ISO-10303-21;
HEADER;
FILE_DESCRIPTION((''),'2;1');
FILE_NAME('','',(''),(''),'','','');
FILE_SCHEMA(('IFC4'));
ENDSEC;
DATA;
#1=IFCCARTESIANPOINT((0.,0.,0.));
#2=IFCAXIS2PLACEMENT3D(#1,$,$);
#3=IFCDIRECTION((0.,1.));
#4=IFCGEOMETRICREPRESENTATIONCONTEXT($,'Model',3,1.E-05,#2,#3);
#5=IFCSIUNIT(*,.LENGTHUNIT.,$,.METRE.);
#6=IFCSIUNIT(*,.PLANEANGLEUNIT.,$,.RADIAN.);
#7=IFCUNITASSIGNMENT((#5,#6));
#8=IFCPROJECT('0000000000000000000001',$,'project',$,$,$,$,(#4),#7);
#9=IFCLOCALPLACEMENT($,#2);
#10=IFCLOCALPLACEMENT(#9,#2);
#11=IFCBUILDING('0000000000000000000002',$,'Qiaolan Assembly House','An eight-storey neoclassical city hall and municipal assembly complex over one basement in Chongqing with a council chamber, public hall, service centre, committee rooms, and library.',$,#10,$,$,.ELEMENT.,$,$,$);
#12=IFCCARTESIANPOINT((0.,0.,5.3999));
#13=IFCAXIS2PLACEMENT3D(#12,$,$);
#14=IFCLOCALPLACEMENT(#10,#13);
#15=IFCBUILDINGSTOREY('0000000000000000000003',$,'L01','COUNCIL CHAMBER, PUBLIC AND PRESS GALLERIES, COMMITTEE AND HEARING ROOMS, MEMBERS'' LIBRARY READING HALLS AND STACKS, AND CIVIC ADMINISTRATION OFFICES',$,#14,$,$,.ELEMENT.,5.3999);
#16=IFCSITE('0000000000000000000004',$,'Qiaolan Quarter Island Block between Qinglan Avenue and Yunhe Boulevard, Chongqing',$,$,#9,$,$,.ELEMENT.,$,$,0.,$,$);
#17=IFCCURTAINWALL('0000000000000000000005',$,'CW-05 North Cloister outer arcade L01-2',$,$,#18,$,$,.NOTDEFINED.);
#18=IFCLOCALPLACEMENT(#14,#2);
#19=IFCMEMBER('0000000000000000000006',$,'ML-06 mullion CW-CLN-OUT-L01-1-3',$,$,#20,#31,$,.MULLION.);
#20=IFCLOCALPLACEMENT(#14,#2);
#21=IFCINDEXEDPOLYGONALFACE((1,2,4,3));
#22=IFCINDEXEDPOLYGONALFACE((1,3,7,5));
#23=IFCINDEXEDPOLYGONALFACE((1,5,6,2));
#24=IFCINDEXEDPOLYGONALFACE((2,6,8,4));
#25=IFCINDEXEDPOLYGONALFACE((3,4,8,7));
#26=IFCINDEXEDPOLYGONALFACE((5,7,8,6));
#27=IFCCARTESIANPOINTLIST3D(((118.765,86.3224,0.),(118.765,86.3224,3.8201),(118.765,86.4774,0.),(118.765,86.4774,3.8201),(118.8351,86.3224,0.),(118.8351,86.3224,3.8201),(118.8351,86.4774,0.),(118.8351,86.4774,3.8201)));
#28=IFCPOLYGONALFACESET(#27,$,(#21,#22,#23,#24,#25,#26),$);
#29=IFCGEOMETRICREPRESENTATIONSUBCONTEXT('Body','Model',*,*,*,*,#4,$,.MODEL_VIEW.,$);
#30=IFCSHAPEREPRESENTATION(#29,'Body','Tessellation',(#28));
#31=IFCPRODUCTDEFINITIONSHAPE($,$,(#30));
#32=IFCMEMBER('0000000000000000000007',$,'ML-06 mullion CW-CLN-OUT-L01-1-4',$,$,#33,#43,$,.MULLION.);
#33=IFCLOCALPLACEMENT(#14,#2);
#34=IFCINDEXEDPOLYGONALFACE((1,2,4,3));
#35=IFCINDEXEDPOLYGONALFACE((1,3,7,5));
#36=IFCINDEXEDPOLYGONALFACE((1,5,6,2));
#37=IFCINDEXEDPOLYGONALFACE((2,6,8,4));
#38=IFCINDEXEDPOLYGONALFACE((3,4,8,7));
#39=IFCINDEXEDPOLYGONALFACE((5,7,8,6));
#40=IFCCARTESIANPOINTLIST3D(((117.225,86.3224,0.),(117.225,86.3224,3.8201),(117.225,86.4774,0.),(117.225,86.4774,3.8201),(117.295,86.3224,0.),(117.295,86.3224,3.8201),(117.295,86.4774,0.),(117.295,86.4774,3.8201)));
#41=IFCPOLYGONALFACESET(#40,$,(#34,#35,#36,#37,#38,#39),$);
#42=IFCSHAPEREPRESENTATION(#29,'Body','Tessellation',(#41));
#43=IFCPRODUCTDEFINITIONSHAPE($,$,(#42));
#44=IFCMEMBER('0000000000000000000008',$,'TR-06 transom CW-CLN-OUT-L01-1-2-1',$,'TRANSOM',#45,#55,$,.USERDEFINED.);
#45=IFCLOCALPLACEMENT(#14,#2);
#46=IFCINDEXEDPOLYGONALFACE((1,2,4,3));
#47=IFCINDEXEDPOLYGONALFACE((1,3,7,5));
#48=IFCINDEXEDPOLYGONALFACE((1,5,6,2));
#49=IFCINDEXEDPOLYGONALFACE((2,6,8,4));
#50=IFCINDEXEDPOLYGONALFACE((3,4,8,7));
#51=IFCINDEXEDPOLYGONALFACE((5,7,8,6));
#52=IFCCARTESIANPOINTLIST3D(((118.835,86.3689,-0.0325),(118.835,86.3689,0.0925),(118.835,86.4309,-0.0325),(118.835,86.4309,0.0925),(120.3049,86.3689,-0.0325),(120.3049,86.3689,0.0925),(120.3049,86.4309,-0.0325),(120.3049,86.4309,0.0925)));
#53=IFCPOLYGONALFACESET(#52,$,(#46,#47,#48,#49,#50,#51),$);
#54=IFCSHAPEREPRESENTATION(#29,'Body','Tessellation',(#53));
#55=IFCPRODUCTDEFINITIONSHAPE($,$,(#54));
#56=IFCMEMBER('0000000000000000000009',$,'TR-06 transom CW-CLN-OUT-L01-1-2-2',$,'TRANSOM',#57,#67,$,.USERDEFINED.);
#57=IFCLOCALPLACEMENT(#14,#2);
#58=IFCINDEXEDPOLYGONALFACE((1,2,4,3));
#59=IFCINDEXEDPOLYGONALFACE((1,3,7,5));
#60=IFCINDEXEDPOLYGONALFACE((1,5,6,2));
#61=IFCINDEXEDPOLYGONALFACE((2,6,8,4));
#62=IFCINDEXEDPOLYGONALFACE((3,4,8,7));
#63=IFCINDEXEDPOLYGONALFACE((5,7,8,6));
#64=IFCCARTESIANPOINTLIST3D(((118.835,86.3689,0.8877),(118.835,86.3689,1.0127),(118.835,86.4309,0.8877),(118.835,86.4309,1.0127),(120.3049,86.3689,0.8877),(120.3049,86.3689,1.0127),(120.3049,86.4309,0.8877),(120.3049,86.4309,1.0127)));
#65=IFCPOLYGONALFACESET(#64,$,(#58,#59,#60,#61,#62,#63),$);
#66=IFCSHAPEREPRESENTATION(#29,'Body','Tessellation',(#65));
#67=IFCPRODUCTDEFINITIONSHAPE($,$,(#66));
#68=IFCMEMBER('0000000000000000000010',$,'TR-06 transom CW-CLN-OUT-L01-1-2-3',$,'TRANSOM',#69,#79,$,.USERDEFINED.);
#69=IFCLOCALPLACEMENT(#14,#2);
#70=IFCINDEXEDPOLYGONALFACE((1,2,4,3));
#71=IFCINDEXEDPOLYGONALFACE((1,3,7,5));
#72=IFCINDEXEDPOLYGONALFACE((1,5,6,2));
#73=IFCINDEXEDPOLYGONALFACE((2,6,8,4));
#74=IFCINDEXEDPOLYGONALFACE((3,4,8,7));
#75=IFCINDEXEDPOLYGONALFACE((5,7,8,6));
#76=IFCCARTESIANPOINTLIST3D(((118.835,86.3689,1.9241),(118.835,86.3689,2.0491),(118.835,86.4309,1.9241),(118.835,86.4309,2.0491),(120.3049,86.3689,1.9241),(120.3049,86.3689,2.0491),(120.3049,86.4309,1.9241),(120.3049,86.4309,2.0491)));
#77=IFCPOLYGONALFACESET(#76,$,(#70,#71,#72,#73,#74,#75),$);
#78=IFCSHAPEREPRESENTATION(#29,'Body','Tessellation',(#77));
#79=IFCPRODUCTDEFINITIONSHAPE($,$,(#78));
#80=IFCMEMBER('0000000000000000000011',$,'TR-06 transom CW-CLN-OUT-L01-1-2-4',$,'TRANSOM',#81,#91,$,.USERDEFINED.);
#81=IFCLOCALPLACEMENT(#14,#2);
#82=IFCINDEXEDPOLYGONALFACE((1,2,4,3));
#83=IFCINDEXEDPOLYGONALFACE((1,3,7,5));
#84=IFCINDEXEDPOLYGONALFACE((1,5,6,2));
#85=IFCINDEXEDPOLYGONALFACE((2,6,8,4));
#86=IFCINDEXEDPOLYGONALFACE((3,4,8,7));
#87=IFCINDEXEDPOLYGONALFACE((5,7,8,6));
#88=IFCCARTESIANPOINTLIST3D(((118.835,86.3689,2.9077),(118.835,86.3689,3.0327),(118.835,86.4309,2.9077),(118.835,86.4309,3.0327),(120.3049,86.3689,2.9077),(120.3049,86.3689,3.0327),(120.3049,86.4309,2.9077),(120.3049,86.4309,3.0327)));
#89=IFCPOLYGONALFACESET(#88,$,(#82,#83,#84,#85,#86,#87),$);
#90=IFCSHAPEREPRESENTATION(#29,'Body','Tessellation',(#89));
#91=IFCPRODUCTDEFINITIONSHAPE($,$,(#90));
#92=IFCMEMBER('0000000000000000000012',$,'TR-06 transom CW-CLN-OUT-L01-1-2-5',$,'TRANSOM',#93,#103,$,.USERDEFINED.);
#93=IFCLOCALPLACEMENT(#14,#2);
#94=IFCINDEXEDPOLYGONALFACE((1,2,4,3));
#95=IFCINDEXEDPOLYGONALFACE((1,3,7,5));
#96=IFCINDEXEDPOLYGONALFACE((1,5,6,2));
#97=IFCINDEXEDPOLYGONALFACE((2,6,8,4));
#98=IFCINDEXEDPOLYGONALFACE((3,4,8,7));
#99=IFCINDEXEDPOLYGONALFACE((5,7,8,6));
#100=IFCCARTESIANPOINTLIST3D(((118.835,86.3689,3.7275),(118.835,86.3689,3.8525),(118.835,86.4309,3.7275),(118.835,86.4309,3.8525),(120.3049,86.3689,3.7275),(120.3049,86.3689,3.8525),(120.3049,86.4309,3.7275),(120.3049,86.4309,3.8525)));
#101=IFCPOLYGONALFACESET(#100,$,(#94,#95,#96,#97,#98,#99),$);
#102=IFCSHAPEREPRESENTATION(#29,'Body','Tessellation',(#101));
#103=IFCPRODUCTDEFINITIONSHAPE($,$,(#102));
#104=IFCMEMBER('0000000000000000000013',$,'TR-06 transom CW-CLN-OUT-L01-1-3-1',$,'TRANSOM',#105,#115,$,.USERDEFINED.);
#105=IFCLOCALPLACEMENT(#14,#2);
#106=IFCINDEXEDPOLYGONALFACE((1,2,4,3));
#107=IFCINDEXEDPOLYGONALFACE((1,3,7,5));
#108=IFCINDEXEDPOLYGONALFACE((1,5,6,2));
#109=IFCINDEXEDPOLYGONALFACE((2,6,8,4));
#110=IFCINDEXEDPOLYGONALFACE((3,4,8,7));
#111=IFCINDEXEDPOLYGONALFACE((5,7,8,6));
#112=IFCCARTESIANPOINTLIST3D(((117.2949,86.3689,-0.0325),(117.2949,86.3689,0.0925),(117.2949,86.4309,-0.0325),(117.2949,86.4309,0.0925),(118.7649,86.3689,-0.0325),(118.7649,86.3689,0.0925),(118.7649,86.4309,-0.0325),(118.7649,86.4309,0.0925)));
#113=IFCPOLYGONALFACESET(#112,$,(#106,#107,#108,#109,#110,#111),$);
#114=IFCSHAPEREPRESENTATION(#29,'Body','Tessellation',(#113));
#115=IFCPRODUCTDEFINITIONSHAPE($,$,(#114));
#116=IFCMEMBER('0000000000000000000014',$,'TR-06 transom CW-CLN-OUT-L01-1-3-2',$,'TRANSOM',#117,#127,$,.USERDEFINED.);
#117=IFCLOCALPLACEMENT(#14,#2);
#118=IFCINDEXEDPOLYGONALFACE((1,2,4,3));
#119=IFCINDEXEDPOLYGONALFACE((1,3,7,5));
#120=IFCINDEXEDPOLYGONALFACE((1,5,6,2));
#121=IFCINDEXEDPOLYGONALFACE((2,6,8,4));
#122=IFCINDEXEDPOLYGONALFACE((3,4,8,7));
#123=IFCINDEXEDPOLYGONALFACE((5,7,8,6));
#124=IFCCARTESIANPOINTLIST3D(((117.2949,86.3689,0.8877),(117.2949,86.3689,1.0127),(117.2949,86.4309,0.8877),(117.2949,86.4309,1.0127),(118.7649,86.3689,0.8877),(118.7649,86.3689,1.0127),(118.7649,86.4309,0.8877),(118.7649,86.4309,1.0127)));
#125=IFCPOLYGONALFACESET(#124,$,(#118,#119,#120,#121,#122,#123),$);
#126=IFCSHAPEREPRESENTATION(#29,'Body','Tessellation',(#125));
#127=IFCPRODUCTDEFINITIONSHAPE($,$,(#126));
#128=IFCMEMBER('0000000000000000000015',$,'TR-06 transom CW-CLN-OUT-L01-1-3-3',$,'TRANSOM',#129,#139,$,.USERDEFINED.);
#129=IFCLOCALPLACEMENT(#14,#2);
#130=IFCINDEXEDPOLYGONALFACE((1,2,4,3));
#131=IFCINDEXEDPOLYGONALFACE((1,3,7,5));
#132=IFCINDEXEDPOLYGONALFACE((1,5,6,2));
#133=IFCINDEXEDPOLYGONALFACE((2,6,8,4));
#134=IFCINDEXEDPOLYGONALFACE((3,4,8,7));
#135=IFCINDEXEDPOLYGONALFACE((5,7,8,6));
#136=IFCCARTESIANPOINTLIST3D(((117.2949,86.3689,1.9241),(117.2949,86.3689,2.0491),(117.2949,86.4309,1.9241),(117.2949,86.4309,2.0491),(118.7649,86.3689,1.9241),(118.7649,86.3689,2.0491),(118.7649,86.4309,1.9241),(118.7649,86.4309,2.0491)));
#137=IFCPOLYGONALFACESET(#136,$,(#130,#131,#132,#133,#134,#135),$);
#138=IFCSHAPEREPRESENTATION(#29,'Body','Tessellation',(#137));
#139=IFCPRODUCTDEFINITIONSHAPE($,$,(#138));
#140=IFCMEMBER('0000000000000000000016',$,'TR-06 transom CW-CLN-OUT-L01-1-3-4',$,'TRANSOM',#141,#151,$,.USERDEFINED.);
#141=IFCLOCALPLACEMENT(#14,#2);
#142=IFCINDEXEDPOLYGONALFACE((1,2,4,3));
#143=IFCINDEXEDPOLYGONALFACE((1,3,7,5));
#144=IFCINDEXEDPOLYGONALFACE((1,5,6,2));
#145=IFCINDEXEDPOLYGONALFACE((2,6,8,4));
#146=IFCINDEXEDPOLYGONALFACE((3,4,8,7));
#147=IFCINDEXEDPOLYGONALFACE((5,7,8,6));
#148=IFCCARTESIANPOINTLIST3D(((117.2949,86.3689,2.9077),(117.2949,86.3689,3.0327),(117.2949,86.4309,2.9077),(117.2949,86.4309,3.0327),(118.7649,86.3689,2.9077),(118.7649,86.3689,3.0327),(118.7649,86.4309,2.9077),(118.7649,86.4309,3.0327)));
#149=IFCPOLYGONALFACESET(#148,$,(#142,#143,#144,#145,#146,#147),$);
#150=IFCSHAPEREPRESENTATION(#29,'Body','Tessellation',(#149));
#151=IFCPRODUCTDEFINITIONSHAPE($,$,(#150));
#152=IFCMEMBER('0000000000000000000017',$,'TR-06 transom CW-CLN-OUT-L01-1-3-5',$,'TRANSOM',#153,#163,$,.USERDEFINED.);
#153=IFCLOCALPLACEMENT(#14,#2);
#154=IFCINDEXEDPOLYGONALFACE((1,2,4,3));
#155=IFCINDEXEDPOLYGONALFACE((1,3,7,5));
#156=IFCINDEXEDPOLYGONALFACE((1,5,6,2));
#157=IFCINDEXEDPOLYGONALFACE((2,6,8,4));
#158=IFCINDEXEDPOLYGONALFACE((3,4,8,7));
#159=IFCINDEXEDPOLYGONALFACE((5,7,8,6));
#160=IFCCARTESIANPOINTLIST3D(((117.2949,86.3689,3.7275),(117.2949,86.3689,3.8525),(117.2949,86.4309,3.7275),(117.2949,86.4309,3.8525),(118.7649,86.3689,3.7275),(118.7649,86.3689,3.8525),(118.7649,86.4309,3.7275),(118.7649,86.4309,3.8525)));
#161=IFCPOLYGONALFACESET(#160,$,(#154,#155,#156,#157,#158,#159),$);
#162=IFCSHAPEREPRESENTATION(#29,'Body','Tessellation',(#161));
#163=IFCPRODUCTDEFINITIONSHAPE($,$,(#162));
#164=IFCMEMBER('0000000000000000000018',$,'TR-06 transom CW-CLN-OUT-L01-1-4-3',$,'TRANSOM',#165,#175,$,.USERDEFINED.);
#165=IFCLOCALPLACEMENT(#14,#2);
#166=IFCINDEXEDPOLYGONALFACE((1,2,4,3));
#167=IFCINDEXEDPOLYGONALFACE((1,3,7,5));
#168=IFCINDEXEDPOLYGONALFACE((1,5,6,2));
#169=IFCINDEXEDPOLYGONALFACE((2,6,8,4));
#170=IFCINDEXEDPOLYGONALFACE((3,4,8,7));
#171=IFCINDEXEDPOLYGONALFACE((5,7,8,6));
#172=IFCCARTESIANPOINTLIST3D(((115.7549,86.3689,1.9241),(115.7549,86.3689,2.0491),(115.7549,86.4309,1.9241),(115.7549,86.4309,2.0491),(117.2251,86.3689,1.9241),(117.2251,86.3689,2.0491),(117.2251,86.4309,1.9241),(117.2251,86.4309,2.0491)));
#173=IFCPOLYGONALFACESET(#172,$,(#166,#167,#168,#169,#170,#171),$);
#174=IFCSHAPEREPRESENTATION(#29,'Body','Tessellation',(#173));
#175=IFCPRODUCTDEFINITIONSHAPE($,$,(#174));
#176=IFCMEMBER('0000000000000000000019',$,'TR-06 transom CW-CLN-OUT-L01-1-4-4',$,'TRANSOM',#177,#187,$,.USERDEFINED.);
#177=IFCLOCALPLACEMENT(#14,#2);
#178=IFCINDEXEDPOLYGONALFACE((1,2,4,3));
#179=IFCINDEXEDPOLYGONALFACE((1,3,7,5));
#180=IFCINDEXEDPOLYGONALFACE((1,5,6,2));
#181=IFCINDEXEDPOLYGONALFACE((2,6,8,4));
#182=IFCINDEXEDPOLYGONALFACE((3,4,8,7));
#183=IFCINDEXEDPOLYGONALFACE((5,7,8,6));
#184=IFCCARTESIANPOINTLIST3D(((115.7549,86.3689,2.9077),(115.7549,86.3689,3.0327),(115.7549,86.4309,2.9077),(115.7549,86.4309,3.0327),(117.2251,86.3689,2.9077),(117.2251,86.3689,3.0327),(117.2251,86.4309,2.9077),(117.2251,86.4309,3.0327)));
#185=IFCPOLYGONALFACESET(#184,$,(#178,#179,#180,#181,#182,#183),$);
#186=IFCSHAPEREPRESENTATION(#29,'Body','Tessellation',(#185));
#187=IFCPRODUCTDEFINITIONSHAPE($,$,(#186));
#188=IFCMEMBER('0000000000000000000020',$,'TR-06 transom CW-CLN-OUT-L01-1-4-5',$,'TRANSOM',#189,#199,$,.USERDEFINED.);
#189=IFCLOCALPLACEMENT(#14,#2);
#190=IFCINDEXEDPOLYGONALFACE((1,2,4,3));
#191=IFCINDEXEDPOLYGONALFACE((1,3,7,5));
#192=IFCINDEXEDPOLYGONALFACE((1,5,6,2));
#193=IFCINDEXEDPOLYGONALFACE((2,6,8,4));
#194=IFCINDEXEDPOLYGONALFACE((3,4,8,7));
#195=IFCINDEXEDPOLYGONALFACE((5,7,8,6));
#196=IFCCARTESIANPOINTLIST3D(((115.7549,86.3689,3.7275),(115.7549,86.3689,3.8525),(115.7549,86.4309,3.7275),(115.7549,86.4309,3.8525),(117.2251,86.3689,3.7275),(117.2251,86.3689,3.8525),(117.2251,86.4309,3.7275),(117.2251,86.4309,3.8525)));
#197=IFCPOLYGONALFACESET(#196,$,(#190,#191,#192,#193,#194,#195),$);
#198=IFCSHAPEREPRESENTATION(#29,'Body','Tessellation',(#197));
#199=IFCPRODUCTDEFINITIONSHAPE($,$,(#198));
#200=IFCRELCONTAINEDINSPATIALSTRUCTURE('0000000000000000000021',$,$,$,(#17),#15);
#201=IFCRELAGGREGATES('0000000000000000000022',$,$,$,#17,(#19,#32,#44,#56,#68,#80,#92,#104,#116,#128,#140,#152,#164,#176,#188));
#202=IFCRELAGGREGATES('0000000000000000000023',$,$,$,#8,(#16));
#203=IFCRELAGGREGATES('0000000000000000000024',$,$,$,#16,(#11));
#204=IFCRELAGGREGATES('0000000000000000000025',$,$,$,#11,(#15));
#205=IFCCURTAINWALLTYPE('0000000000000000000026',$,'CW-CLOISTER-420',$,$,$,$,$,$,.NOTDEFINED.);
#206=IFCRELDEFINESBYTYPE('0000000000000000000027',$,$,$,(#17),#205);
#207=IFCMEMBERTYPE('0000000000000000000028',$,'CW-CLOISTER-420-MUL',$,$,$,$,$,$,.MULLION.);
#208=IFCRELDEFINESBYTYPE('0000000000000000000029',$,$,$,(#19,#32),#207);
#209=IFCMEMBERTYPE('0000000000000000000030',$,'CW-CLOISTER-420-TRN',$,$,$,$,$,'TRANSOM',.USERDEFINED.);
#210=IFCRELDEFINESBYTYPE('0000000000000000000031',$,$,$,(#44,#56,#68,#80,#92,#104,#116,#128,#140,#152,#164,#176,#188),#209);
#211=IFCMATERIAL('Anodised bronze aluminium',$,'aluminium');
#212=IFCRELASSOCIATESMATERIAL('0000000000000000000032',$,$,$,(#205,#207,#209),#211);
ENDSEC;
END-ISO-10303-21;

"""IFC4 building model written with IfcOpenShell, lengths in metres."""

from ifc_helpers import new_model, si_unit, direction, frame, origin, origin_2d, place, context, subcontext, project, spatial, rectangle, extrude, material, material_profile, profile_set, type_object, element, aggregate, save


model = new_model("IFC4")

# Units and contexts
model_context = context("Model", 3, precision=1e-05, world=origin(), true_north=direction((0.0, 1.0)))
body_context = subcontext(model_context, "Body", "Model", "MODEL_VIEW")
ifc_project = project(units=[si_unit("LENGTHUNIT", "METRE"), si_unit("PLANEANGLEUNIT", "RADIAN")], contexts=[model_context])

# Site, building, storey
site_placement = place(None, origin())
site = spatial("IfcSite", under=ifc_project, at=site_placement, Name="Qiaolan Quarter Island Block between Qinglan Avenue and Yunhe Boulevard, Chongqing", CompositionType="ELEMENT", RefElevation=0.0)
building_placement = place(site_placement, origin())
building = spatial("IfcBuilding", under=site, at=building_placement, Name="Qiaolan Assembly House", Description="An eight-storey neoclassical city hall and municipal assembly complex over one basement in Chongqing with a council chamber, public hall, service centre, committee rooms, and library.", CompositionType="ELEMENT")
storey_placement = place(building_placement, frame((0.0, 0.0, 5.3999)))
storey = spatial("IfcBuildingStorey", under=building, at=storey_placement, Name="L01", Description="COUNCIL CHAMBER, PUBLIC AND PRESS GALLERIES, COMMITTEE AND HEARING ROOMS, MEMBERS' LIBRARY READING HALLS AND STACKS, AND CIVIC ADMINISTRATION OFFICES", CompositionType="ELEMENT", Elevation=5.3999)

# Curtain wall, members
ifc_material_1 = material(Name="Anodised bronze aluminium", Category="aluminium")
curtain_wall_type = type_object("IfcCurtainWallType", Name="CW-CLOISTER-420", PredefinedType="NOTDEFINED", material=ifc_material_1)
curtain_wall_placement = place(storey_placement, origin())
curtain_wall = element("IfcCurtainWall", 1, at=curtain_wall_placement, inside=storey, type_object=curtain_wall_type, Name="CW-05 North Cloister outer arcade L01-2", PredefinedType="NOTDEFINED")
ifc_material_profile_1 = material_profile(ifc_material_1, rectangle(XDim=0.0701, YDim=0.155, at=origin_2d()), Name="MUL 70x155")
ifc_profile_set_1 = profile_set([ifc_material_profile_1], Name="Anodised bronze aluminium")
member_type_1 = type_object("IfcMemberType", Name="CW-CLOISTER-420-MUL", PredefinedType="MULLION", material=ifc_profile_set_1)
member_1_placement = place(storey_placement, frame((118.8, 86.3999, 0.0), z_axis=(0.0, 0.0, 1.0), x_axis=(-1.0, 0.0, 0.0)))
member_1 = element("IfcMember", 2, at=member_1_placement, type_object=member_type_1, Name="ML-06 mullion CW-CLN-OUT-L01-1-3", PredefinedType="MULLION", context=body_context, shape_type="SweptSolid", body=[
    extrude(rectangle(XDim=0.0701, YDim=0.155, at=origin_2d()), origin(), (0.0, 0.0, 1.0), 3.8201),
])
member_2_placement = place(storey_placement, frame((117.26, 86.3999, 0.0), z_axis=(0.0, 0.0, 1.0), x_axis=(-1.0, 0.0, 0.0)))
member_2 = element("IfcMember", 3, at=member_2_placement, type_object=member_type_1, Name="ML-06 mullion CW-CLN-OUT-L01-1-4", PredefinedType="MULLION", context=body_context, shape_type="SweptSolid", body=[
    extrude(rectangle(XDim=0.0701, YDim=0.155, at=origin_2d()), origin(), (0.0, 0.0, 1.0), 3.8201),
])
ifc_material_profile_2 = material_profile(ifc_material_1, rectangle(XDim=0.062, YDim=0.125, at=origin_2d()), Name="TRN 62x125")
ifc_profile_set_2 = profile_set([ifc_material_profile_2], Name="Anodised bronze aluminium")
member_type_2 = type_object("IfcMemberType", Name="CW-CLOISTER-420-TRN", ElementType="TRANSOM", PredefinedType="USERDEFINED", material=ifc_profile_set_2)
member_3_placement = place(storey_placement, frame((120.3049, 86.3999, 0.03), z_axis=(-1.0, 0.0, 0.0), x_axis=(0.0, -1.0, 0.0)))
member_3 = element("IfcMember", 4, at=member_3_placement, type_object=member_type_2, Name="TR-06 transom CW-CLN-OUT-L01-1-2-1", ObjectType="TRANSOM", PredefinedType="USERDEFINED", context=body_context, shape_type="SweptSolid", body=[
    extrude(rectangle(XDim=0.062, YDim=0.125, at=origin_2d()), origin(), (0.0, 0.0, 1.0), 1.47),
])
member_4_placement = place(storey_placement, frame((120.3049, 86.3999, 0.9502), z_axis=(-1.0, 0.0, 0.0), x_axis=(0.0, -1.0, 0.0)))
member_4 = element("IfcMember", 5, at=member_4_placement, type_object=member_type_2, Name="TR-06 transom CW-CLN-OUT-L01-1-2-2", ObjectType="TRANSOM", PredefinedType="USERDEFINED", context=body_context, shape_type="SweptSolid", body=[
    extrude(rectangle(XDim=0.062, YDim=0.125, at=origin_2d()), origin(), (0.0, 0.0, 1.0), 1.47),
])
member_5_placement = place(storey_placement, frame((120.3049, 86.3999, 1.9866), z_axis=(-1.0, 0.0, 0.0), x_axis=(0.0, -1.0, 0.0)))
member_5 = element("IfcMember", 6, at=member_5_placement, type_object=member_type_2, Name="TR-06 transom CW-CLN-OUT-L01-1-2-3", ObjectType="TRANSOM", PredefinedType="USERDEFINED", context=body_context, shape_type="SweptSolid", body=[
    extrude(rectangle(XDim=0.062, YDim=0.125, at=origin_2d()), origin(), (0.0, 0.0, 1.0), 1.47),
])
member_6_placement = place(storey_placement, frame((120.3049, 86.3999, 2.9702), z_axis=(-1.0, 0.0, 0.0), x_axis=(0.0, -1.0, 0.0)))
member_6 = element("IfcMember", 7, at=member_6_placement, type_object=member_type_2, Name="TR-06 transom CW-CLN-OUT-L01-1-2-4", ObjectType="TRANSOM", PredefinedType="USERDEFINED", context=body_context, shape_type="SweptSolid", body=[
    extrude(rectangle(XDim=0.062, YDim=0.125, at=origin_2d()), origin(), (0.0, 0.0, 1.0), 1.47),
])
member_7_placement = place(storey_placement, frame((120.3049, 86.3999, 3.79), z_axis=(-1.0, 0.0, 0.0), x_axis=(0.0, -1.0, 0.0)))
member_7 = element("IfcMember", 8, at=member_7_placement, type_object=member_type_2, Name="TR-06 transom CW-CLN-OUT-L01-1-2-5", ObjectType="TRANSOM", PredefinedType="USERDEFINED", context=body_context, shape_type="SweptSolid", body=[
    extrude(rectangle(XDim=0.062, YDim=0.125, at=origin_2d()), origin(), (0.0, 0.0, 1.0), 1.47),
])
member_8_placement = place(storey_placement, frame((118.7649, 86.3999, 0.03), z_axis=(-1.0, 0.0, 0.0), x_axis=(0.0, -1.0, 0.0)))
member_8 = element("IfcMember", 9, at=member_8_placement, type_object=member_type_2, Name="TR-06 transom CW-CLN-OUT-L01-1-3-1", ObjectType="TRANSOM", PredefinedType="USERDEFINED", context=body_context, shape_type="SweptSolid", body=[
    extrude(rectangle(XDim=0.062, YDim=0.125, at=origin_2d()), origin(), (0.0, 0.0, 1.0), 1.47),
])
member_9_placement = place(storey_placement, frame((118.7649, 86.3999, 0.9502), z_axis=(-1.0, 0.0, 0.0), x_axis=(0.0, -1.0, 0.0)))
member_9 = element("IfcMember", 10, at=member_9_placement, type_object=member_type_2, Name="TR-06 transom CW-CLN-OUT-L01-1-3-2", ObjectType="TRANSOM", PredefinedType="USERDEFINED", context=body_context, shape_type="SweptSolid", body=[
    extrude(rectangle(XDim=0.062, YDim=0.125, at=origin_2d()), origin(), (0.0, 0.0, 1.0), 1.47),
])
member_10_placement = place(storey_placement, frame((118.7649, 86.3999, 1.9866), z_axis=(-1.0, 0.0, 0.0), x_axis=(0.0, -1.0, 0.0)))
member_10 = element("IfcMember", 11, at=member_10_placement, type_object=member_type_2, Name="TR-06 transom CW-CLN-OUT-L01-1-3-3", ObjectType="TRANSOM", PredefinedType="USERDEFINED", context=body_context, shape_type="SweptSolid", body=[
    extrude(rectangle(XDim=0.062, YDim=0.125, at=origin_2d()), origin(), (0.0, 0.0, 1.0), 1.47),
])
member_11_placement = place(storey_placement, frame((118.7649, 86.3999, 2.9702), z_axis=(-1.0, 0.0, 0.0), x_axis=(0.0, -1.0, 0.0)))
member_11 = element("IfcMember", 12, at=member_11_placement, type_object=member_type_2, Name="TR-06 transom CW-CLN-OUT-L01-1-3-4", ObjectType="TRANSOM", PredefinedType="USERDEFINED", context=body_context, shape_type="SweptSolid", body=[
    extrude(rectangle(XDim=0.062, YDim=0.125, at=origin_2d()), origin(), (0.0, 0.0, 1.0), 1.47),
])
member_12_placement = place(storey_placement, frame((118.7649, 86.3999, 3.79), z_axis=(-1.0, 0.0, 0.0), x_axis=(0.0, -1.0, 0.0)))
member_12 = element("IfcMember", 13, at=member_12_placement, type_object=member_type_2, Name="TR-06 transom CW-CLN-OUT-L01-1-3-5", ObjectType="TRANSOM", PredefinedType="USERDEFINED", context=body_context, shape_type="SweptSolid", body=[
    extrude(rectangle(XDim=0.062, YDim=0.125, at=origin_2d()), origin(), (0.0, 0.0, 1.0), 1.47),
])
member_13_placement = place(storey_placement, frame((117.2251, 86.3999, 1.9866), z_axis=(-1.0, 0.0, 0.0), x_axis=(0.0, -1.0, 0.0)))
member_13 = element("IfcMember", 14, at=member_13_placement, type_object=member_type_2, Name="TR-06 transom CW-CLN-OUT-L01-1-4-3", ObjectType="TRANSOM", PredefinedType="USERDEFINED", context=body_context, shape_type="SweptSolid", body=[
    extrude(rectangle(XDim=0.062, YDim=0.125, at=origin_2d()), origin(), (0.0, 0.0, 1.0), 1.4702),
])
member_14_placement = place(storey_placement, frame((117.2251, 86.3999, 2.9702), z_axis=(-1.0, 0.0, 0.0), x_axis=(0.0, -1.0, 0.0)))
member_14 = element("IfcMember", 15, at=member_14_placement, type_object=member_type_2, Name="TR-06 transom CW-CLN-OUT-L01-1-4-4", ObjectType="TRANSOM", PredefinedType="USERDEFINED", context=body_context, shape_type="SweptSolid", body=[
    extrude(rectangle(XDim=0.062, YDim=0.125, at=origin_2d()), origin(), (0.0, 0.0, 1.0), 1.4702),
])
member_15_placement = place(storey_placement, frame((117.2251, 86.3999, 3.79), z_axis=(-1.0, 0.0, 0.0), x_axis=(0.0, -1.0, 0.0)))
member_15 = element("IfcMember", 16, at=member_15_placement, type_object=member_type_2, Name="TR-06 transom CW-CLN-OUT-L01-1-4-5", ObjectType="TRANSOM", PredefinedType="USERDEFINED", context=body_context, shape_type="SweptSolid", body=[
    extrude(rectangle(XDim=0.062, YDim=0.125, at=origin_2d()), origin(), (0.0, 0.0, 1.0), 1.4702),
])
aggregate(curtain_wall, [member_1, member_2, member_3, member_4, member_5, member_6, member_7, member_8, member_9, member_10, member_11, member_12, member_13, member_14, member_15])

save(model, "model.ifc")
